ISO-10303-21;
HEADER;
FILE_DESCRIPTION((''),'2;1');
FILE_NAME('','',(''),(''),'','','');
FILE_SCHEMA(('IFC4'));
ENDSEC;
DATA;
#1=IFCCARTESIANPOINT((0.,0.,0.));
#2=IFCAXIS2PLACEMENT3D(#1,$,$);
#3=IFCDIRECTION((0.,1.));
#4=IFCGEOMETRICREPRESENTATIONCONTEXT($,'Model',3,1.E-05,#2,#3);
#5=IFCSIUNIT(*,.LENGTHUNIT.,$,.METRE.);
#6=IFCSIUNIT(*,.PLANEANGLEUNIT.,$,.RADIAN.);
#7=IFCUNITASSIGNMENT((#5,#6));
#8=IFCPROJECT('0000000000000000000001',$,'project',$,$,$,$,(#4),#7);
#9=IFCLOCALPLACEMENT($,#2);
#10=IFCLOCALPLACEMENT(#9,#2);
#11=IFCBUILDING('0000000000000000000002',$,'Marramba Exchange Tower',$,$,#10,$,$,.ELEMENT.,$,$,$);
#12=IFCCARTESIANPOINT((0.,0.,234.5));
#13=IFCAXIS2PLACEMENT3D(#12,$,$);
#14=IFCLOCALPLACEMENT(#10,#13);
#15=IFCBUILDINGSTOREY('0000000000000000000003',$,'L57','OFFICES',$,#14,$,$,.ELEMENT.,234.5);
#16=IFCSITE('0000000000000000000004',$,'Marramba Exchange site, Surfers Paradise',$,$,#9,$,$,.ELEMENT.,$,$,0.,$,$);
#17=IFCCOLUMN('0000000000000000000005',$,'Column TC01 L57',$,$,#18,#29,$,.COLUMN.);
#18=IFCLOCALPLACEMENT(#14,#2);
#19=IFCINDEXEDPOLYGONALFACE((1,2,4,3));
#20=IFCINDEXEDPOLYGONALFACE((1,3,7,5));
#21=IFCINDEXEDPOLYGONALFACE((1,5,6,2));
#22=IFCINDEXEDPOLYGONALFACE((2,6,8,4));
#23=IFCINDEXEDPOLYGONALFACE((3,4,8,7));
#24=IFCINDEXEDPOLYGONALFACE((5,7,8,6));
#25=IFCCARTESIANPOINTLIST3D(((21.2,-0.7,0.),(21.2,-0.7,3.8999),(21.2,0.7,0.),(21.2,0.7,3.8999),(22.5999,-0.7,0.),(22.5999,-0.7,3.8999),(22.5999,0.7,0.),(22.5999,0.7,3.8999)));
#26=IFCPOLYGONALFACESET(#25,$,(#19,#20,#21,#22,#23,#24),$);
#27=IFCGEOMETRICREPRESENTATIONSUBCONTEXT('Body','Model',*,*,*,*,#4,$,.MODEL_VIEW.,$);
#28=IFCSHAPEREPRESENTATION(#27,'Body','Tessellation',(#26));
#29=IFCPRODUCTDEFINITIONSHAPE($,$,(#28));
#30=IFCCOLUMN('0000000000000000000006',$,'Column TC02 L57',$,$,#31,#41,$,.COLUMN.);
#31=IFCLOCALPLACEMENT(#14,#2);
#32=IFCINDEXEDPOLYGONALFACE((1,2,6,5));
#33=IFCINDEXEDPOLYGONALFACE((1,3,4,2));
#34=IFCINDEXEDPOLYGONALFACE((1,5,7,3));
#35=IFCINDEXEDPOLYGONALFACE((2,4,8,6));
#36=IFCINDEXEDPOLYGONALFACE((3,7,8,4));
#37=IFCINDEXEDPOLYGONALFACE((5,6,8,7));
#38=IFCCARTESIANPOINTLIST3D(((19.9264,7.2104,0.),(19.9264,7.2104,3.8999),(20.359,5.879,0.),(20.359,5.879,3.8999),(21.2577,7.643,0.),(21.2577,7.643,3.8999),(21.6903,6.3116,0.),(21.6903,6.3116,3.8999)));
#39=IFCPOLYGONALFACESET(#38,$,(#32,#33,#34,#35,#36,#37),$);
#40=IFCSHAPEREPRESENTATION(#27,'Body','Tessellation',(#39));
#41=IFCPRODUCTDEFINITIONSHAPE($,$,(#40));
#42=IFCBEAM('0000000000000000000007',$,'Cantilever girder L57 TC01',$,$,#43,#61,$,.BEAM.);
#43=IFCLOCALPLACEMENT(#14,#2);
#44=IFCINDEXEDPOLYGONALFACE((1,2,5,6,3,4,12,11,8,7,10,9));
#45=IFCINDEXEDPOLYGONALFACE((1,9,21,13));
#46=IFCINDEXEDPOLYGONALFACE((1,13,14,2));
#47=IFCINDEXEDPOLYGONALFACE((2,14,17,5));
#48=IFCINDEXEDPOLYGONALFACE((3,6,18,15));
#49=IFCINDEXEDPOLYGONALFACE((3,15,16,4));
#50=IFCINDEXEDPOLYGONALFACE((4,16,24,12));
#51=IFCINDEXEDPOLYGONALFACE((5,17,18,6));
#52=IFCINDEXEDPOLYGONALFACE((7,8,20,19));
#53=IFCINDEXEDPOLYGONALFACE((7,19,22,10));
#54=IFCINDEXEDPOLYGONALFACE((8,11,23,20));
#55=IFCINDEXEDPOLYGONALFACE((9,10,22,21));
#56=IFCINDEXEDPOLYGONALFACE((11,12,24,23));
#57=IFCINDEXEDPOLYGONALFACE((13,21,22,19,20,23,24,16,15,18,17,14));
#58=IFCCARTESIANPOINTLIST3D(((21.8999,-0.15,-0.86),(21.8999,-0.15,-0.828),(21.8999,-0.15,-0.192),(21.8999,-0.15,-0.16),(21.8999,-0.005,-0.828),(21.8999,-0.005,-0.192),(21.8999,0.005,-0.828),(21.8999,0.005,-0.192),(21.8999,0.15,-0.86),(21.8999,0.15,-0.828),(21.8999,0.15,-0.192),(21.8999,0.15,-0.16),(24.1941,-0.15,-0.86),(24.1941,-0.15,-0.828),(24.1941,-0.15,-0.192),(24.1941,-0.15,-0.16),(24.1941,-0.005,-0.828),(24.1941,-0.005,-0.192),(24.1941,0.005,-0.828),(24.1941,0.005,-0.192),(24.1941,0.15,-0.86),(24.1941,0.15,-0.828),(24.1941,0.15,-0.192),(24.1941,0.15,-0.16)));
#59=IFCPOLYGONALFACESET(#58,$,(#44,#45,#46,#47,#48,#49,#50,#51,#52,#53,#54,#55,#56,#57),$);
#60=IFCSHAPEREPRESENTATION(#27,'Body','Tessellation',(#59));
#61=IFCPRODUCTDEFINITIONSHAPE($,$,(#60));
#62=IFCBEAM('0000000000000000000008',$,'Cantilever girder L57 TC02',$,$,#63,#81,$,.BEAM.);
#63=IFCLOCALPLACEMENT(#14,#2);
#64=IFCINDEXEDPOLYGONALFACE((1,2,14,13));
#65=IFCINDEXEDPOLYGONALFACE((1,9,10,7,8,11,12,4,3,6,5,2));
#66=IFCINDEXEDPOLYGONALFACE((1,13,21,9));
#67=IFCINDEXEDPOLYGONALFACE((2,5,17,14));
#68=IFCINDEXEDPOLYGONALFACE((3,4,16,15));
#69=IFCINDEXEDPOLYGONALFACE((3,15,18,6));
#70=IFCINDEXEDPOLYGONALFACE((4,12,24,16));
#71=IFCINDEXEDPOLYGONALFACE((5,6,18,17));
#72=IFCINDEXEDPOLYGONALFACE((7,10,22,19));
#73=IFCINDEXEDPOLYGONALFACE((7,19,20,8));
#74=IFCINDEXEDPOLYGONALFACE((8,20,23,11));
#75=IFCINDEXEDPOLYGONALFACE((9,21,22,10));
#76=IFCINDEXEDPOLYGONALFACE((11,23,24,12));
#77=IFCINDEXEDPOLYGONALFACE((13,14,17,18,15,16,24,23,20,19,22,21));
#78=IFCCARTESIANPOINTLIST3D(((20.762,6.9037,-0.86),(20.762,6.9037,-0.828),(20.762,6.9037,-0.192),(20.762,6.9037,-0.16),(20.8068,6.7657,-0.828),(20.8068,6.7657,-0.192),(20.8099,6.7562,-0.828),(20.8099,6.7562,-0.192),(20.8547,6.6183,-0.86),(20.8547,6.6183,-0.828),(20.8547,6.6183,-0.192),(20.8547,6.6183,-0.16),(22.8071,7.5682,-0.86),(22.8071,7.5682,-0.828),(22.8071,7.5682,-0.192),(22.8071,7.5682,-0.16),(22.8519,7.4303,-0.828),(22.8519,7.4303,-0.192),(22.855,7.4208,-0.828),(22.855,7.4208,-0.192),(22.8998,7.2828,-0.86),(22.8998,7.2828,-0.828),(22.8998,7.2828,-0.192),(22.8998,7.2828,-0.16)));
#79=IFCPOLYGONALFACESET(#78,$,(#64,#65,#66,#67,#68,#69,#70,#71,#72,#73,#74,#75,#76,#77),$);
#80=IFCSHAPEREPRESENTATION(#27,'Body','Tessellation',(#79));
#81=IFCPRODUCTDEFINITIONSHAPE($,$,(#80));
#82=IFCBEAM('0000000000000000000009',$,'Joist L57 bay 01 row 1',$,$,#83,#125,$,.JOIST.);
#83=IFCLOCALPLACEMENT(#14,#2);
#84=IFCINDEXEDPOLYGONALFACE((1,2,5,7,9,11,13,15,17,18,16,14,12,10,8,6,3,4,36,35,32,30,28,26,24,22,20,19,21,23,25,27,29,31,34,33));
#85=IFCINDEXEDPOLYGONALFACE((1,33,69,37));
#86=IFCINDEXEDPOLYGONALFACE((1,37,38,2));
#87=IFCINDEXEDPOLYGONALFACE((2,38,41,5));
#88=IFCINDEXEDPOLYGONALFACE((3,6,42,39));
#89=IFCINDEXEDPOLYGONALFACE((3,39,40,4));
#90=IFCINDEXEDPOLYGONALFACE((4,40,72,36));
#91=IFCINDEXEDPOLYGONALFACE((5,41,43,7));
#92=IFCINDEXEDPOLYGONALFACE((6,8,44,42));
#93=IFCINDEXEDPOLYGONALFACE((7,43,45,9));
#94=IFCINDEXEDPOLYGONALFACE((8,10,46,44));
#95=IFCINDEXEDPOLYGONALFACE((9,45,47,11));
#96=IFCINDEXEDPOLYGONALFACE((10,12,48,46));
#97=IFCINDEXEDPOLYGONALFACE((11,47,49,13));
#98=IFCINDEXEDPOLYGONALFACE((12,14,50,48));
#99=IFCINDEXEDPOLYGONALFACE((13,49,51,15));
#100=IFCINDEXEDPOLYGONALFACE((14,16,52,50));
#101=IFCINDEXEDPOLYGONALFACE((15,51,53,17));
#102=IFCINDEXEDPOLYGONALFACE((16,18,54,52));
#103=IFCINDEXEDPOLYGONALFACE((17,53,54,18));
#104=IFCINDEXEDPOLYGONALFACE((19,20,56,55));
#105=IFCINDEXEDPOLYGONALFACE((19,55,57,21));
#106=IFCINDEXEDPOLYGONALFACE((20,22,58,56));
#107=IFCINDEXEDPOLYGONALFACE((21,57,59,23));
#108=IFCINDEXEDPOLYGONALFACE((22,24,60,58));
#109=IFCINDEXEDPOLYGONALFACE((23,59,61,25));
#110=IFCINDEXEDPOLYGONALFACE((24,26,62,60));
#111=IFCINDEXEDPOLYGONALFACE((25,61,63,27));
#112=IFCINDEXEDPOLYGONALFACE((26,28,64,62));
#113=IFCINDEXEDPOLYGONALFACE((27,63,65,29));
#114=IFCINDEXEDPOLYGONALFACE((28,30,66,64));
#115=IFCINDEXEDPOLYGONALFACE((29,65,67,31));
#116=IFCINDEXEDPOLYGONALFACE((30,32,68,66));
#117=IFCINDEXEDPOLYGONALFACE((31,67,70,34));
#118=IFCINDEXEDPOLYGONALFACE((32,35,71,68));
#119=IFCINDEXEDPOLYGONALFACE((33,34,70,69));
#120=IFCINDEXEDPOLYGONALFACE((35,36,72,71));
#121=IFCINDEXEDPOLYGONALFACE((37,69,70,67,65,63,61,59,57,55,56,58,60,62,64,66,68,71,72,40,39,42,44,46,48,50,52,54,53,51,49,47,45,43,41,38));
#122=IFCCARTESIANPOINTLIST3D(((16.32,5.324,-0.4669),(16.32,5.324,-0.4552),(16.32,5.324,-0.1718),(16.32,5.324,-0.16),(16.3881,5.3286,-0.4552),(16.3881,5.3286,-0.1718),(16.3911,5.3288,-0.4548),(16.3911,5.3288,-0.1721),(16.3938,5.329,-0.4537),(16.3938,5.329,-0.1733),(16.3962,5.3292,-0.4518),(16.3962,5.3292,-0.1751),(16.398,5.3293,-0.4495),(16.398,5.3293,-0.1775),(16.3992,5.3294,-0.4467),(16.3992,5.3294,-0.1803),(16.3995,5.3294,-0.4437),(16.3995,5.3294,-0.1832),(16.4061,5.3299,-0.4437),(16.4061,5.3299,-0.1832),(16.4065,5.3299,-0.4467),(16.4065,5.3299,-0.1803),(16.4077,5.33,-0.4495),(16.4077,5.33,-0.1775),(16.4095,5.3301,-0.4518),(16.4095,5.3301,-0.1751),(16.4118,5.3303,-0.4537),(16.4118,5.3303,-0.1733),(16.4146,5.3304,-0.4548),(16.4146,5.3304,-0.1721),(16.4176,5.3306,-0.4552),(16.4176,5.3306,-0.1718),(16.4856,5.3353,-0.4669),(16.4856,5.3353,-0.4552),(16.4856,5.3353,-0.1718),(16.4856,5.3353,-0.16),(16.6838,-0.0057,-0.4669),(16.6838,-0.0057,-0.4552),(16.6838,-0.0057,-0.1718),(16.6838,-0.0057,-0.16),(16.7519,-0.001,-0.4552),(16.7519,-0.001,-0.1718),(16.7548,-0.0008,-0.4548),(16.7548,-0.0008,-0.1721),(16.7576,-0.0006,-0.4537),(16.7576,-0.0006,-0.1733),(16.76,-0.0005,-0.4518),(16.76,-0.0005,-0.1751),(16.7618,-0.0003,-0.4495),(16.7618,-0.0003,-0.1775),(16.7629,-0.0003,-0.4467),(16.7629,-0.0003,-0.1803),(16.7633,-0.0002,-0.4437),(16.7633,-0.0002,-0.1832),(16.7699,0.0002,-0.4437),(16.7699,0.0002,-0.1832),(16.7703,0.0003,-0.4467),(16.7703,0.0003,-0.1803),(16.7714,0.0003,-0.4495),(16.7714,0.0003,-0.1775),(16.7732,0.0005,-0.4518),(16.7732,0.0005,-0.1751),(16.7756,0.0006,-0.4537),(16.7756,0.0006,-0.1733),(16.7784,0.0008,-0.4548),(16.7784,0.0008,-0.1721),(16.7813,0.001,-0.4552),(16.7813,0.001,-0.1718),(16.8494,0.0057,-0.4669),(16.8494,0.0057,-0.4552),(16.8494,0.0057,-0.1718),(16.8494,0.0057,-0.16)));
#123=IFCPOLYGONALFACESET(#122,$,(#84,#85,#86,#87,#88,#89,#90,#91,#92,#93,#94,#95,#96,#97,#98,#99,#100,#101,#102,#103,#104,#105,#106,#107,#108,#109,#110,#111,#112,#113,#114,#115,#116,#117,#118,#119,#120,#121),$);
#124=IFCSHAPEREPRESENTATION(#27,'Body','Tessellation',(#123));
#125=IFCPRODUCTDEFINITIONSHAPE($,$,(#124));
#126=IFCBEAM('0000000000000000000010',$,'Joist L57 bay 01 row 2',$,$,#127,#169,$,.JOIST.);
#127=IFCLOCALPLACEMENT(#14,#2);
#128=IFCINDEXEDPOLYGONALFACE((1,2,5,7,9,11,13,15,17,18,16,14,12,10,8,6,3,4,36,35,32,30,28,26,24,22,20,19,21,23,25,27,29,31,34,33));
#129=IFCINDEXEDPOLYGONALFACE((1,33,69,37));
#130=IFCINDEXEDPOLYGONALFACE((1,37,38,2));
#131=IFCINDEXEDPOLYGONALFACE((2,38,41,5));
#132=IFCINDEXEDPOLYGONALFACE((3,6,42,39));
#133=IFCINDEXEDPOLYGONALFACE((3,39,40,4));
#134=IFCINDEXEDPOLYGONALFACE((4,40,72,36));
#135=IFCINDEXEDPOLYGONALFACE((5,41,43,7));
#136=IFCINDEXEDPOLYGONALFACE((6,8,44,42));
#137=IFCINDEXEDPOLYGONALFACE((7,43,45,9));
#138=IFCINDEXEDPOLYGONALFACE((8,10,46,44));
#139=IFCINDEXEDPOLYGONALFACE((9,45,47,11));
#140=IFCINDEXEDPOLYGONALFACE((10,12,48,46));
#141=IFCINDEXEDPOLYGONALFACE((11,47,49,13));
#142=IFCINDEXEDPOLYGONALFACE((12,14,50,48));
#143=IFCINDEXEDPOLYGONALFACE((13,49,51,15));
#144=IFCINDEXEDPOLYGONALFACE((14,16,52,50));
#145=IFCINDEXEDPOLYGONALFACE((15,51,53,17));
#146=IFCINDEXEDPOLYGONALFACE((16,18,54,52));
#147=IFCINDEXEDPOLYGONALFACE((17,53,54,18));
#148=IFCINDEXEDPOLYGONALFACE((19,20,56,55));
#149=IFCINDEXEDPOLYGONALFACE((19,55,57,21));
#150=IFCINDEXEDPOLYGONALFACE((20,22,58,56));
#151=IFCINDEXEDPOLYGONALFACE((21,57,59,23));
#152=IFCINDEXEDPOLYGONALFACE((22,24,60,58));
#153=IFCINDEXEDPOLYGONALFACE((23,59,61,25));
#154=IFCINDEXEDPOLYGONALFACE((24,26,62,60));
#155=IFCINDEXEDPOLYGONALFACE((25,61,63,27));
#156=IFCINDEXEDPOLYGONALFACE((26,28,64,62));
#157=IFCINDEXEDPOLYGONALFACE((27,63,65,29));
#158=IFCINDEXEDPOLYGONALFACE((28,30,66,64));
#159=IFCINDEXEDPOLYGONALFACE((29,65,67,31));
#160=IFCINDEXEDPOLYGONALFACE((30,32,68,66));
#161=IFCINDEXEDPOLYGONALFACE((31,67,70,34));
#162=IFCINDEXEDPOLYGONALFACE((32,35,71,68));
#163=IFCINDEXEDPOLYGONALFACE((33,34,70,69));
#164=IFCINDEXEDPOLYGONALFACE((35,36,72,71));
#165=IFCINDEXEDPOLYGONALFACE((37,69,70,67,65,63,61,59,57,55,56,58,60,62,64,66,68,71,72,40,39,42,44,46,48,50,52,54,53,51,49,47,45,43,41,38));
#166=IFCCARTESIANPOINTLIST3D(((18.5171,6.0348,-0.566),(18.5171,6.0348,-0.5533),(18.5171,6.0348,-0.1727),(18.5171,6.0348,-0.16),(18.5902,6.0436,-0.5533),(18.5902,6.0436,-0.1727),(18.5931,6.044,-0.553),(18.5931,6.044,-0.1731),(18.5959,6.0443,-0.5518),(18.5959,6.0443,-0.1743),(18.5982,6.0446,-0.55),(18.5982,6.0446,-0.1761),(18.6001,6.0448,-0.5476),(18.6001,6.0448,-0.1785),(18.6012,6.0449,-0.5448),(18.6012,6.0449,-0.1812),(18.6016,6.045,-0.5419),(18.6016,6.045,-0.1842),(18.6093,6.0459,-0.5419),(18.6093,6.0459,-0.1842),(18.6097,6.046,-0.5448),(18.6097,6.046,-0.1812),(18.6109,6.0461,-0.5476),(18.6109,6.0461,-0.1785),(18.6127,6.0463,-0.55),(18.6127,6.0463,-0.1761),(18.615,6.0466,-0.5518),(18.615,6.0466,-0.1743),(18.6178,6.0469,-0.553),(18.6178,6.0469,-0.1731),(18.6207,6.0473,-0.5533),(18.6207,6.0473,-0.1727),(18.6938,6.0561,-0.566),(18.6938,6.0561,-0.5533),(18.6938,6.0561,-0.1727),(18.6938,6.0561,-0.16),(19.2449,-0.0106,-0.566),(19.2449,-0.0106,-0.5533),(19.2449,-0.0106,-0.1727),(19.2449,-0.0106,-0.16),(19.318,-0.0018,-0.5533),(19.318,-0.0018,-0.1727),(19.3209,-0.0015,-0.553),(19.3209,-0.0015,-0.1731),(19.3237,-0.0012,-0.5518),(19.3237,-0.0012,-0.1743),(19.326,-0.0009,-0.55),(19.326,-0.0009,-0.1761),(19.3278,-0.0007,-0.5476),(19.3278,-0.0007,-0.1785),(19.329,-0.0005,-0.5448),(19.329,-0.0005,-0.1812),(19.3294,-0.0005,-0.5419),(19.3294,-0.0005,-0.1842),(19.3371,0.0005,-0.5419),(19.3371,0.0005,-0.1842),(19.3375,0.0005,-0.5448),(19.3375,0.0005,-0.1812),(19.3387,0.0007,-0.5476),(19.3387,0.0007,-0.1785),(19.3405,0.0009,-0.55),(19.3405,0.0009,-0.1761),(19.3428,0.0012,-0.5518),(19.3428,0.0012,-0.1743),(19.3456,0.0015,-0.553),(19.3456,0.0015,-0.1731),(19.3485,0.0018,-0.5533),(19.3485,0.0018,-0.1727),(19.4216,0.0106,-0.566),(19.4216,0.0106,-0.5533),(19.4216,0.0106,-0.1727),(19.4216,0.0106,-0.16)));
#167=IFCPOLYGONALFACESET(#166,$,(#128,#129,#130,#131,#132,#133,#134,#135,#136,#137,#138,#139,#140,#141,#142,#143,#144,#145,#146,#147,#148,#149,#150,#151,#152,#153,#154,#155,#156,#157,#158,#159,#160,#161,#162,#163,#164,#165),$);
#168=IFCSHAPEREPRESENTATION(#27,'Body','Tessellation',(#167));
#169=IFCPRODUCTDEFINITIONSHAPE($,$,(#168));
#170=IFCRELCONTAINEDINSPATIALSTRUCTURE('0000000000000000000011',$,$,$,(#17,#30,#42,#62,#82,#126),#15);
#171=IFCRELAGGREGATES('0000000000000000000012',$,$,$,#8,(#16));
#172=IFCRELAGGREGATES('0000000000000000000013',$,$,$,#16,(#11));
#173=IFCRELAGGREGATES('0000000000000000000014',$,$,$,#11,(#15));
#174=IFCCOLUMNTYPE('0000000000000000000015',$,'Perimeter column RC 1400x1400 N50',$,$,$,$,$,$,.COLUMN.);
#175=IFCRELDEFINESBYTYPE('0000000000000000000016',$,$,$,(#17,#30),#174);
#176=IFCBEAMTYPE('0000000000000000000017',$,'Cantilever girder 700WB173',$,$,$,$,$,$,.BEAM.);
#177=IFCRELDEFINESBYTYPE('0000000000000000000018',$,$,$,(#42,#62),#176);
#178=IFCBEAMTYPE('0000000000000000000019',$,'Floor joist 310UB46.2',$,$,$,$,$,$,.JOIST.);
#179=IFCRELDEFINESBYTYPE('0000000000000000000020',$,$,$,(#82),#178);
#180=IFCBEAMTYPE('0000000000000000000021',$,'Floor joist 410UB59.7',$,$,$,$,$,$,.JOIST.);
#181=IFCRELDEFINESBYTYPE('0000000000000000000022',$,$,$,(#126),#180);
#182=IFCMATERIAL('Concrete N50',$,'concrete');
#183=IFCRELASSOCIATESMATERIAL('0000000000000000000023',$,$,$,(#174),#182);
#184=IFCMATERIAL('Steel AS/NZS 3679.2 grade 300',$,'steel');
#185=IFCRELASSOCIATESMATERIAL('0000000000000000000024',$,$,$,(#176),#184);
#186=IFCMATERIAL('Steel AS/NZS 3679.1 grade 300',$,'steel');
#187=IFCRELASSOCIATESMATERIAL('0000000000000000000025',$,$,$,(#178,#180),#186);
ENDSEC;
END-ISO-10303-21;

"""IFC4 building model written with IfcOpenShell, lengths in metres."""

from ifc_helpers import new_model, si_unit, direction, frame, origin, origin_2d, place, context, subcontext, project, spatial, rectangle, i_section, extrude, material, material_profile, profile_set, type_object, element, save


model = new_model("IFC4")

# Units and contexts
model_context = context("Model", 3, precision=1e-05, world=origin(), true_north=direction((0.0, 1.0)))
body_context = subcontext(model_context, "Body", "Model", "MODEL_VIEW")
ifc_project = project(units=[si_unit("LENGTHUNIT", "METRE"), si_unit("PLANEANGLEUNIT", "RADIAN")], contexts=[model_context])

# Site, building, storey
site_placement = place(None, origin())
site = spatial("IfcSite", under=ifc_project, at=site_placement, Name="Marramba Exchange site, Surfers Paradise", CompositionType="ELEMENT", RefElevation=0.0)
building_placement = place(site_placement, origin())
building = spatial("IfcBuilding", under=site, at=building_placement, Name="Marramba Exchange Tower", CompositionType="ELEMENT")
storey_placement = place(building_placement, frame((0.0, 0.0, 234.5)))
storey = spatial("IfcBuildingStorey", under=building, at=storey_placement, Name="L57", Description="OFFICES", CompositionType="ELEMENT", Elevation=234.5)

# Columns
ifc_material_1 = material(Name="Concrete N50", Category="concrete")
ifc_material_profile_1 = material_profile(ifc_material_1, rectangle(XDim=1.3999, YDim=1.3999, at=origin_2d()), Name="RC 1400x1400")
ifc_profile_set_1 = profile_set([ifc_material_profile_1], Name="Concrete N50")
column_type = type_object("IfcColumnType", Name="Perimeter column RC 1400x1400 N50", PredefinedType="COLUMN", material=ifc_profile_set_1)
for number, where, z_axis, x_axis, name in (
    (1, (21.8999, 0.0, 0.0), (0.0, 0.0, 1.0), (1.0, 0.0, 0.0), "Column TC01 L57"),
    (2, (20.8083, 6.761, 0.0), (0.0, 0.0, 1.0), (0.951057, 0.309017, 0.0), "Column TC02 L57"),
):
    element("IfcColumn", number, at=place(storey_placement, frame(where, z_axis=z_axis, x_axis=x_axis)), inside=storey, type_object=column_type, Name=name, PredefinedType="COLUMN", context=body_context, shape_type="SweptSolid", body=[
        extrude(rectangle(XDim=1.3999, YDim=1.3999, at=origin_2d()), origin(), (0.0, 0.0, 1.0), 3.8999),
    ])

# Beams
ifc_material_2 = material(Name="Steel AS/NZS 3679.2 grade 300", Category="steel")
ifc_material_profile_2 = material_profile(ifc_material_2, i_section(OverallWidth=0.3, OverallDepth=0.7, WebThickness=0.01, FlangeThickness=0.032, at=origin_2d()), Name="700WB173")
ifc_profile_set_2 = profile_set([ifc_material_profile_2], Name="Steel AS/NZS 3679.2 grade 300")
beam_type_1 = type_object("IfcBeamType", Name="Cantilever girder 700WB173", PredefinedType="BEAM", material=ifc_profile_set_2)
beam_1_placement = place(storey_placement, frame((21.8999, 0.0, -0.51), z_axis=(1.0, 0.0, 0.0), x_axis=(0.0, 1.0, 0.0)))
element("IfcBeam", 3, at=beam_1_placement, inside=storey, type_object=beam_type_1, Name="Cantilever girder L57 TC01", PredefinedType="BEAM", context=body_context, shape_type="SweptSolid", body=[
    extrude(i_section(OverallWidth=0.3, OverallDepth=0.7, WebThickness=0.01, FlangeThickness=0.032, at=origin_2d()), origin(), (0.0, 0.0, 1.0), 2.2942),
])
beam_2_placement = place(storey_placement, frame((20.8083, 6.761, -0.51), z_axis=(0.951052, 0.309032, 0.0), x_axis=(-0.309032, 0.951052, 0.0)))
element("IfcBeam", 4, at=beam_2_placement, inside=storey, type_object=beam_type_1, Name="Cantilever girder L57 TC02", PredefinedType="BEAM", context=body_context, shape_type="SweptSolid", body=[
    extrude(i_section(OverallWidth=0.3, OverallDepth=0.7, WebThickness=0.01, FlangeThickness=0.032, at=origin_2d()), origin(), (0.0, 0.0, 1.0), 2.1504),
])
ifc_material_3 = material(Name="Steel AS/NZS 3679.1 grade 300", Category="steel")
ifc_material_profile_3 = material_profile(ifc_material_3, i_section(OverallWidth=0.166, OverallDepth=0.3069, WebThickness=0.0066, FlangeThickness=0.0117, FilletRadius=0.0115, at=origin_2d()), Name="310UB46.2")
ifc_profile_set_3 = profile_set([ifc_material_profile_3], Name="Steel AS/NZS 3679.1 grade 300")
beam_type_2 = type_object("IfcBeamType", Name="Floor joist 310UB46.2", PredefinedType="JOIST", material=ifc_profile_set_3)
beam_3_placement = place(storey_placement, frame((16.7666, 0.0, -0.3135), z_axis=(-0.068096, 0.997679, 0.0), x_axis=(-0.997679, -0.068096, 0.0)))
element("IfcBeam", 5, at=beam_3_placement, inside=storey, type_object=beam_type_2, Name="Joist L57 bay 01 row 1", PredefinedType="JOIST", context=body_context, shape_type="SweptSolid", body=[
    extrude(i_section(OverallWidth=0.166, OverallDepth=0.3069, WebThickness=0.0066, FlangeThickness=0.0117, FilletRadius=0.0115, at=origin_2d()), origin(), (0.0, 0.0, 1.0), 5.342),
])
ifc_material_profile_4 = material_profile(ifc_material_3, i_section(OverallWidth=0.178, OverallDepth=0.406, WebThickness=0.0078, FlangeThickness=0.0127, FilletRadius=0.0115, at=origin_2d()), Name="410UB59.7")
ifc_profile_set_4 = profile_set([ifc_material_profile_4], Name="Steel AS/NZS 3679.1 grade 300")
beam_type_3 = type_object("IfcBeamType", Name="Floor joist 410UB59.7", PredefinedType="JOIST", material=ifc_profile_set_4)
beam_4_placement = place(storey_placement, frame((19.3333, 0.0, -0.363), z_axis=(-0.119523, 0.992831, 0.0), x_axis=(-0.992831, -0.119523, 0.0)))
element("IfcBeam", 6, at=beam_4_placement, inside=storey, type_object=beam_type_3, Name="Joist L57 bay 01 row 2", PredefinedType="JOIST", context=body_context, shape_type="SweptSolid", body=[
    extrude(i_section(OverallWidth=0.178, OverallDepth=0.406, WebThickness=0.0078, FlangeThickness=0.0127, FilletRadius=0.0115, at=origin_2d()), origin(), (0.0, 0.0, 1.0), 6.0891),
])

save(model, "model.ifc")
